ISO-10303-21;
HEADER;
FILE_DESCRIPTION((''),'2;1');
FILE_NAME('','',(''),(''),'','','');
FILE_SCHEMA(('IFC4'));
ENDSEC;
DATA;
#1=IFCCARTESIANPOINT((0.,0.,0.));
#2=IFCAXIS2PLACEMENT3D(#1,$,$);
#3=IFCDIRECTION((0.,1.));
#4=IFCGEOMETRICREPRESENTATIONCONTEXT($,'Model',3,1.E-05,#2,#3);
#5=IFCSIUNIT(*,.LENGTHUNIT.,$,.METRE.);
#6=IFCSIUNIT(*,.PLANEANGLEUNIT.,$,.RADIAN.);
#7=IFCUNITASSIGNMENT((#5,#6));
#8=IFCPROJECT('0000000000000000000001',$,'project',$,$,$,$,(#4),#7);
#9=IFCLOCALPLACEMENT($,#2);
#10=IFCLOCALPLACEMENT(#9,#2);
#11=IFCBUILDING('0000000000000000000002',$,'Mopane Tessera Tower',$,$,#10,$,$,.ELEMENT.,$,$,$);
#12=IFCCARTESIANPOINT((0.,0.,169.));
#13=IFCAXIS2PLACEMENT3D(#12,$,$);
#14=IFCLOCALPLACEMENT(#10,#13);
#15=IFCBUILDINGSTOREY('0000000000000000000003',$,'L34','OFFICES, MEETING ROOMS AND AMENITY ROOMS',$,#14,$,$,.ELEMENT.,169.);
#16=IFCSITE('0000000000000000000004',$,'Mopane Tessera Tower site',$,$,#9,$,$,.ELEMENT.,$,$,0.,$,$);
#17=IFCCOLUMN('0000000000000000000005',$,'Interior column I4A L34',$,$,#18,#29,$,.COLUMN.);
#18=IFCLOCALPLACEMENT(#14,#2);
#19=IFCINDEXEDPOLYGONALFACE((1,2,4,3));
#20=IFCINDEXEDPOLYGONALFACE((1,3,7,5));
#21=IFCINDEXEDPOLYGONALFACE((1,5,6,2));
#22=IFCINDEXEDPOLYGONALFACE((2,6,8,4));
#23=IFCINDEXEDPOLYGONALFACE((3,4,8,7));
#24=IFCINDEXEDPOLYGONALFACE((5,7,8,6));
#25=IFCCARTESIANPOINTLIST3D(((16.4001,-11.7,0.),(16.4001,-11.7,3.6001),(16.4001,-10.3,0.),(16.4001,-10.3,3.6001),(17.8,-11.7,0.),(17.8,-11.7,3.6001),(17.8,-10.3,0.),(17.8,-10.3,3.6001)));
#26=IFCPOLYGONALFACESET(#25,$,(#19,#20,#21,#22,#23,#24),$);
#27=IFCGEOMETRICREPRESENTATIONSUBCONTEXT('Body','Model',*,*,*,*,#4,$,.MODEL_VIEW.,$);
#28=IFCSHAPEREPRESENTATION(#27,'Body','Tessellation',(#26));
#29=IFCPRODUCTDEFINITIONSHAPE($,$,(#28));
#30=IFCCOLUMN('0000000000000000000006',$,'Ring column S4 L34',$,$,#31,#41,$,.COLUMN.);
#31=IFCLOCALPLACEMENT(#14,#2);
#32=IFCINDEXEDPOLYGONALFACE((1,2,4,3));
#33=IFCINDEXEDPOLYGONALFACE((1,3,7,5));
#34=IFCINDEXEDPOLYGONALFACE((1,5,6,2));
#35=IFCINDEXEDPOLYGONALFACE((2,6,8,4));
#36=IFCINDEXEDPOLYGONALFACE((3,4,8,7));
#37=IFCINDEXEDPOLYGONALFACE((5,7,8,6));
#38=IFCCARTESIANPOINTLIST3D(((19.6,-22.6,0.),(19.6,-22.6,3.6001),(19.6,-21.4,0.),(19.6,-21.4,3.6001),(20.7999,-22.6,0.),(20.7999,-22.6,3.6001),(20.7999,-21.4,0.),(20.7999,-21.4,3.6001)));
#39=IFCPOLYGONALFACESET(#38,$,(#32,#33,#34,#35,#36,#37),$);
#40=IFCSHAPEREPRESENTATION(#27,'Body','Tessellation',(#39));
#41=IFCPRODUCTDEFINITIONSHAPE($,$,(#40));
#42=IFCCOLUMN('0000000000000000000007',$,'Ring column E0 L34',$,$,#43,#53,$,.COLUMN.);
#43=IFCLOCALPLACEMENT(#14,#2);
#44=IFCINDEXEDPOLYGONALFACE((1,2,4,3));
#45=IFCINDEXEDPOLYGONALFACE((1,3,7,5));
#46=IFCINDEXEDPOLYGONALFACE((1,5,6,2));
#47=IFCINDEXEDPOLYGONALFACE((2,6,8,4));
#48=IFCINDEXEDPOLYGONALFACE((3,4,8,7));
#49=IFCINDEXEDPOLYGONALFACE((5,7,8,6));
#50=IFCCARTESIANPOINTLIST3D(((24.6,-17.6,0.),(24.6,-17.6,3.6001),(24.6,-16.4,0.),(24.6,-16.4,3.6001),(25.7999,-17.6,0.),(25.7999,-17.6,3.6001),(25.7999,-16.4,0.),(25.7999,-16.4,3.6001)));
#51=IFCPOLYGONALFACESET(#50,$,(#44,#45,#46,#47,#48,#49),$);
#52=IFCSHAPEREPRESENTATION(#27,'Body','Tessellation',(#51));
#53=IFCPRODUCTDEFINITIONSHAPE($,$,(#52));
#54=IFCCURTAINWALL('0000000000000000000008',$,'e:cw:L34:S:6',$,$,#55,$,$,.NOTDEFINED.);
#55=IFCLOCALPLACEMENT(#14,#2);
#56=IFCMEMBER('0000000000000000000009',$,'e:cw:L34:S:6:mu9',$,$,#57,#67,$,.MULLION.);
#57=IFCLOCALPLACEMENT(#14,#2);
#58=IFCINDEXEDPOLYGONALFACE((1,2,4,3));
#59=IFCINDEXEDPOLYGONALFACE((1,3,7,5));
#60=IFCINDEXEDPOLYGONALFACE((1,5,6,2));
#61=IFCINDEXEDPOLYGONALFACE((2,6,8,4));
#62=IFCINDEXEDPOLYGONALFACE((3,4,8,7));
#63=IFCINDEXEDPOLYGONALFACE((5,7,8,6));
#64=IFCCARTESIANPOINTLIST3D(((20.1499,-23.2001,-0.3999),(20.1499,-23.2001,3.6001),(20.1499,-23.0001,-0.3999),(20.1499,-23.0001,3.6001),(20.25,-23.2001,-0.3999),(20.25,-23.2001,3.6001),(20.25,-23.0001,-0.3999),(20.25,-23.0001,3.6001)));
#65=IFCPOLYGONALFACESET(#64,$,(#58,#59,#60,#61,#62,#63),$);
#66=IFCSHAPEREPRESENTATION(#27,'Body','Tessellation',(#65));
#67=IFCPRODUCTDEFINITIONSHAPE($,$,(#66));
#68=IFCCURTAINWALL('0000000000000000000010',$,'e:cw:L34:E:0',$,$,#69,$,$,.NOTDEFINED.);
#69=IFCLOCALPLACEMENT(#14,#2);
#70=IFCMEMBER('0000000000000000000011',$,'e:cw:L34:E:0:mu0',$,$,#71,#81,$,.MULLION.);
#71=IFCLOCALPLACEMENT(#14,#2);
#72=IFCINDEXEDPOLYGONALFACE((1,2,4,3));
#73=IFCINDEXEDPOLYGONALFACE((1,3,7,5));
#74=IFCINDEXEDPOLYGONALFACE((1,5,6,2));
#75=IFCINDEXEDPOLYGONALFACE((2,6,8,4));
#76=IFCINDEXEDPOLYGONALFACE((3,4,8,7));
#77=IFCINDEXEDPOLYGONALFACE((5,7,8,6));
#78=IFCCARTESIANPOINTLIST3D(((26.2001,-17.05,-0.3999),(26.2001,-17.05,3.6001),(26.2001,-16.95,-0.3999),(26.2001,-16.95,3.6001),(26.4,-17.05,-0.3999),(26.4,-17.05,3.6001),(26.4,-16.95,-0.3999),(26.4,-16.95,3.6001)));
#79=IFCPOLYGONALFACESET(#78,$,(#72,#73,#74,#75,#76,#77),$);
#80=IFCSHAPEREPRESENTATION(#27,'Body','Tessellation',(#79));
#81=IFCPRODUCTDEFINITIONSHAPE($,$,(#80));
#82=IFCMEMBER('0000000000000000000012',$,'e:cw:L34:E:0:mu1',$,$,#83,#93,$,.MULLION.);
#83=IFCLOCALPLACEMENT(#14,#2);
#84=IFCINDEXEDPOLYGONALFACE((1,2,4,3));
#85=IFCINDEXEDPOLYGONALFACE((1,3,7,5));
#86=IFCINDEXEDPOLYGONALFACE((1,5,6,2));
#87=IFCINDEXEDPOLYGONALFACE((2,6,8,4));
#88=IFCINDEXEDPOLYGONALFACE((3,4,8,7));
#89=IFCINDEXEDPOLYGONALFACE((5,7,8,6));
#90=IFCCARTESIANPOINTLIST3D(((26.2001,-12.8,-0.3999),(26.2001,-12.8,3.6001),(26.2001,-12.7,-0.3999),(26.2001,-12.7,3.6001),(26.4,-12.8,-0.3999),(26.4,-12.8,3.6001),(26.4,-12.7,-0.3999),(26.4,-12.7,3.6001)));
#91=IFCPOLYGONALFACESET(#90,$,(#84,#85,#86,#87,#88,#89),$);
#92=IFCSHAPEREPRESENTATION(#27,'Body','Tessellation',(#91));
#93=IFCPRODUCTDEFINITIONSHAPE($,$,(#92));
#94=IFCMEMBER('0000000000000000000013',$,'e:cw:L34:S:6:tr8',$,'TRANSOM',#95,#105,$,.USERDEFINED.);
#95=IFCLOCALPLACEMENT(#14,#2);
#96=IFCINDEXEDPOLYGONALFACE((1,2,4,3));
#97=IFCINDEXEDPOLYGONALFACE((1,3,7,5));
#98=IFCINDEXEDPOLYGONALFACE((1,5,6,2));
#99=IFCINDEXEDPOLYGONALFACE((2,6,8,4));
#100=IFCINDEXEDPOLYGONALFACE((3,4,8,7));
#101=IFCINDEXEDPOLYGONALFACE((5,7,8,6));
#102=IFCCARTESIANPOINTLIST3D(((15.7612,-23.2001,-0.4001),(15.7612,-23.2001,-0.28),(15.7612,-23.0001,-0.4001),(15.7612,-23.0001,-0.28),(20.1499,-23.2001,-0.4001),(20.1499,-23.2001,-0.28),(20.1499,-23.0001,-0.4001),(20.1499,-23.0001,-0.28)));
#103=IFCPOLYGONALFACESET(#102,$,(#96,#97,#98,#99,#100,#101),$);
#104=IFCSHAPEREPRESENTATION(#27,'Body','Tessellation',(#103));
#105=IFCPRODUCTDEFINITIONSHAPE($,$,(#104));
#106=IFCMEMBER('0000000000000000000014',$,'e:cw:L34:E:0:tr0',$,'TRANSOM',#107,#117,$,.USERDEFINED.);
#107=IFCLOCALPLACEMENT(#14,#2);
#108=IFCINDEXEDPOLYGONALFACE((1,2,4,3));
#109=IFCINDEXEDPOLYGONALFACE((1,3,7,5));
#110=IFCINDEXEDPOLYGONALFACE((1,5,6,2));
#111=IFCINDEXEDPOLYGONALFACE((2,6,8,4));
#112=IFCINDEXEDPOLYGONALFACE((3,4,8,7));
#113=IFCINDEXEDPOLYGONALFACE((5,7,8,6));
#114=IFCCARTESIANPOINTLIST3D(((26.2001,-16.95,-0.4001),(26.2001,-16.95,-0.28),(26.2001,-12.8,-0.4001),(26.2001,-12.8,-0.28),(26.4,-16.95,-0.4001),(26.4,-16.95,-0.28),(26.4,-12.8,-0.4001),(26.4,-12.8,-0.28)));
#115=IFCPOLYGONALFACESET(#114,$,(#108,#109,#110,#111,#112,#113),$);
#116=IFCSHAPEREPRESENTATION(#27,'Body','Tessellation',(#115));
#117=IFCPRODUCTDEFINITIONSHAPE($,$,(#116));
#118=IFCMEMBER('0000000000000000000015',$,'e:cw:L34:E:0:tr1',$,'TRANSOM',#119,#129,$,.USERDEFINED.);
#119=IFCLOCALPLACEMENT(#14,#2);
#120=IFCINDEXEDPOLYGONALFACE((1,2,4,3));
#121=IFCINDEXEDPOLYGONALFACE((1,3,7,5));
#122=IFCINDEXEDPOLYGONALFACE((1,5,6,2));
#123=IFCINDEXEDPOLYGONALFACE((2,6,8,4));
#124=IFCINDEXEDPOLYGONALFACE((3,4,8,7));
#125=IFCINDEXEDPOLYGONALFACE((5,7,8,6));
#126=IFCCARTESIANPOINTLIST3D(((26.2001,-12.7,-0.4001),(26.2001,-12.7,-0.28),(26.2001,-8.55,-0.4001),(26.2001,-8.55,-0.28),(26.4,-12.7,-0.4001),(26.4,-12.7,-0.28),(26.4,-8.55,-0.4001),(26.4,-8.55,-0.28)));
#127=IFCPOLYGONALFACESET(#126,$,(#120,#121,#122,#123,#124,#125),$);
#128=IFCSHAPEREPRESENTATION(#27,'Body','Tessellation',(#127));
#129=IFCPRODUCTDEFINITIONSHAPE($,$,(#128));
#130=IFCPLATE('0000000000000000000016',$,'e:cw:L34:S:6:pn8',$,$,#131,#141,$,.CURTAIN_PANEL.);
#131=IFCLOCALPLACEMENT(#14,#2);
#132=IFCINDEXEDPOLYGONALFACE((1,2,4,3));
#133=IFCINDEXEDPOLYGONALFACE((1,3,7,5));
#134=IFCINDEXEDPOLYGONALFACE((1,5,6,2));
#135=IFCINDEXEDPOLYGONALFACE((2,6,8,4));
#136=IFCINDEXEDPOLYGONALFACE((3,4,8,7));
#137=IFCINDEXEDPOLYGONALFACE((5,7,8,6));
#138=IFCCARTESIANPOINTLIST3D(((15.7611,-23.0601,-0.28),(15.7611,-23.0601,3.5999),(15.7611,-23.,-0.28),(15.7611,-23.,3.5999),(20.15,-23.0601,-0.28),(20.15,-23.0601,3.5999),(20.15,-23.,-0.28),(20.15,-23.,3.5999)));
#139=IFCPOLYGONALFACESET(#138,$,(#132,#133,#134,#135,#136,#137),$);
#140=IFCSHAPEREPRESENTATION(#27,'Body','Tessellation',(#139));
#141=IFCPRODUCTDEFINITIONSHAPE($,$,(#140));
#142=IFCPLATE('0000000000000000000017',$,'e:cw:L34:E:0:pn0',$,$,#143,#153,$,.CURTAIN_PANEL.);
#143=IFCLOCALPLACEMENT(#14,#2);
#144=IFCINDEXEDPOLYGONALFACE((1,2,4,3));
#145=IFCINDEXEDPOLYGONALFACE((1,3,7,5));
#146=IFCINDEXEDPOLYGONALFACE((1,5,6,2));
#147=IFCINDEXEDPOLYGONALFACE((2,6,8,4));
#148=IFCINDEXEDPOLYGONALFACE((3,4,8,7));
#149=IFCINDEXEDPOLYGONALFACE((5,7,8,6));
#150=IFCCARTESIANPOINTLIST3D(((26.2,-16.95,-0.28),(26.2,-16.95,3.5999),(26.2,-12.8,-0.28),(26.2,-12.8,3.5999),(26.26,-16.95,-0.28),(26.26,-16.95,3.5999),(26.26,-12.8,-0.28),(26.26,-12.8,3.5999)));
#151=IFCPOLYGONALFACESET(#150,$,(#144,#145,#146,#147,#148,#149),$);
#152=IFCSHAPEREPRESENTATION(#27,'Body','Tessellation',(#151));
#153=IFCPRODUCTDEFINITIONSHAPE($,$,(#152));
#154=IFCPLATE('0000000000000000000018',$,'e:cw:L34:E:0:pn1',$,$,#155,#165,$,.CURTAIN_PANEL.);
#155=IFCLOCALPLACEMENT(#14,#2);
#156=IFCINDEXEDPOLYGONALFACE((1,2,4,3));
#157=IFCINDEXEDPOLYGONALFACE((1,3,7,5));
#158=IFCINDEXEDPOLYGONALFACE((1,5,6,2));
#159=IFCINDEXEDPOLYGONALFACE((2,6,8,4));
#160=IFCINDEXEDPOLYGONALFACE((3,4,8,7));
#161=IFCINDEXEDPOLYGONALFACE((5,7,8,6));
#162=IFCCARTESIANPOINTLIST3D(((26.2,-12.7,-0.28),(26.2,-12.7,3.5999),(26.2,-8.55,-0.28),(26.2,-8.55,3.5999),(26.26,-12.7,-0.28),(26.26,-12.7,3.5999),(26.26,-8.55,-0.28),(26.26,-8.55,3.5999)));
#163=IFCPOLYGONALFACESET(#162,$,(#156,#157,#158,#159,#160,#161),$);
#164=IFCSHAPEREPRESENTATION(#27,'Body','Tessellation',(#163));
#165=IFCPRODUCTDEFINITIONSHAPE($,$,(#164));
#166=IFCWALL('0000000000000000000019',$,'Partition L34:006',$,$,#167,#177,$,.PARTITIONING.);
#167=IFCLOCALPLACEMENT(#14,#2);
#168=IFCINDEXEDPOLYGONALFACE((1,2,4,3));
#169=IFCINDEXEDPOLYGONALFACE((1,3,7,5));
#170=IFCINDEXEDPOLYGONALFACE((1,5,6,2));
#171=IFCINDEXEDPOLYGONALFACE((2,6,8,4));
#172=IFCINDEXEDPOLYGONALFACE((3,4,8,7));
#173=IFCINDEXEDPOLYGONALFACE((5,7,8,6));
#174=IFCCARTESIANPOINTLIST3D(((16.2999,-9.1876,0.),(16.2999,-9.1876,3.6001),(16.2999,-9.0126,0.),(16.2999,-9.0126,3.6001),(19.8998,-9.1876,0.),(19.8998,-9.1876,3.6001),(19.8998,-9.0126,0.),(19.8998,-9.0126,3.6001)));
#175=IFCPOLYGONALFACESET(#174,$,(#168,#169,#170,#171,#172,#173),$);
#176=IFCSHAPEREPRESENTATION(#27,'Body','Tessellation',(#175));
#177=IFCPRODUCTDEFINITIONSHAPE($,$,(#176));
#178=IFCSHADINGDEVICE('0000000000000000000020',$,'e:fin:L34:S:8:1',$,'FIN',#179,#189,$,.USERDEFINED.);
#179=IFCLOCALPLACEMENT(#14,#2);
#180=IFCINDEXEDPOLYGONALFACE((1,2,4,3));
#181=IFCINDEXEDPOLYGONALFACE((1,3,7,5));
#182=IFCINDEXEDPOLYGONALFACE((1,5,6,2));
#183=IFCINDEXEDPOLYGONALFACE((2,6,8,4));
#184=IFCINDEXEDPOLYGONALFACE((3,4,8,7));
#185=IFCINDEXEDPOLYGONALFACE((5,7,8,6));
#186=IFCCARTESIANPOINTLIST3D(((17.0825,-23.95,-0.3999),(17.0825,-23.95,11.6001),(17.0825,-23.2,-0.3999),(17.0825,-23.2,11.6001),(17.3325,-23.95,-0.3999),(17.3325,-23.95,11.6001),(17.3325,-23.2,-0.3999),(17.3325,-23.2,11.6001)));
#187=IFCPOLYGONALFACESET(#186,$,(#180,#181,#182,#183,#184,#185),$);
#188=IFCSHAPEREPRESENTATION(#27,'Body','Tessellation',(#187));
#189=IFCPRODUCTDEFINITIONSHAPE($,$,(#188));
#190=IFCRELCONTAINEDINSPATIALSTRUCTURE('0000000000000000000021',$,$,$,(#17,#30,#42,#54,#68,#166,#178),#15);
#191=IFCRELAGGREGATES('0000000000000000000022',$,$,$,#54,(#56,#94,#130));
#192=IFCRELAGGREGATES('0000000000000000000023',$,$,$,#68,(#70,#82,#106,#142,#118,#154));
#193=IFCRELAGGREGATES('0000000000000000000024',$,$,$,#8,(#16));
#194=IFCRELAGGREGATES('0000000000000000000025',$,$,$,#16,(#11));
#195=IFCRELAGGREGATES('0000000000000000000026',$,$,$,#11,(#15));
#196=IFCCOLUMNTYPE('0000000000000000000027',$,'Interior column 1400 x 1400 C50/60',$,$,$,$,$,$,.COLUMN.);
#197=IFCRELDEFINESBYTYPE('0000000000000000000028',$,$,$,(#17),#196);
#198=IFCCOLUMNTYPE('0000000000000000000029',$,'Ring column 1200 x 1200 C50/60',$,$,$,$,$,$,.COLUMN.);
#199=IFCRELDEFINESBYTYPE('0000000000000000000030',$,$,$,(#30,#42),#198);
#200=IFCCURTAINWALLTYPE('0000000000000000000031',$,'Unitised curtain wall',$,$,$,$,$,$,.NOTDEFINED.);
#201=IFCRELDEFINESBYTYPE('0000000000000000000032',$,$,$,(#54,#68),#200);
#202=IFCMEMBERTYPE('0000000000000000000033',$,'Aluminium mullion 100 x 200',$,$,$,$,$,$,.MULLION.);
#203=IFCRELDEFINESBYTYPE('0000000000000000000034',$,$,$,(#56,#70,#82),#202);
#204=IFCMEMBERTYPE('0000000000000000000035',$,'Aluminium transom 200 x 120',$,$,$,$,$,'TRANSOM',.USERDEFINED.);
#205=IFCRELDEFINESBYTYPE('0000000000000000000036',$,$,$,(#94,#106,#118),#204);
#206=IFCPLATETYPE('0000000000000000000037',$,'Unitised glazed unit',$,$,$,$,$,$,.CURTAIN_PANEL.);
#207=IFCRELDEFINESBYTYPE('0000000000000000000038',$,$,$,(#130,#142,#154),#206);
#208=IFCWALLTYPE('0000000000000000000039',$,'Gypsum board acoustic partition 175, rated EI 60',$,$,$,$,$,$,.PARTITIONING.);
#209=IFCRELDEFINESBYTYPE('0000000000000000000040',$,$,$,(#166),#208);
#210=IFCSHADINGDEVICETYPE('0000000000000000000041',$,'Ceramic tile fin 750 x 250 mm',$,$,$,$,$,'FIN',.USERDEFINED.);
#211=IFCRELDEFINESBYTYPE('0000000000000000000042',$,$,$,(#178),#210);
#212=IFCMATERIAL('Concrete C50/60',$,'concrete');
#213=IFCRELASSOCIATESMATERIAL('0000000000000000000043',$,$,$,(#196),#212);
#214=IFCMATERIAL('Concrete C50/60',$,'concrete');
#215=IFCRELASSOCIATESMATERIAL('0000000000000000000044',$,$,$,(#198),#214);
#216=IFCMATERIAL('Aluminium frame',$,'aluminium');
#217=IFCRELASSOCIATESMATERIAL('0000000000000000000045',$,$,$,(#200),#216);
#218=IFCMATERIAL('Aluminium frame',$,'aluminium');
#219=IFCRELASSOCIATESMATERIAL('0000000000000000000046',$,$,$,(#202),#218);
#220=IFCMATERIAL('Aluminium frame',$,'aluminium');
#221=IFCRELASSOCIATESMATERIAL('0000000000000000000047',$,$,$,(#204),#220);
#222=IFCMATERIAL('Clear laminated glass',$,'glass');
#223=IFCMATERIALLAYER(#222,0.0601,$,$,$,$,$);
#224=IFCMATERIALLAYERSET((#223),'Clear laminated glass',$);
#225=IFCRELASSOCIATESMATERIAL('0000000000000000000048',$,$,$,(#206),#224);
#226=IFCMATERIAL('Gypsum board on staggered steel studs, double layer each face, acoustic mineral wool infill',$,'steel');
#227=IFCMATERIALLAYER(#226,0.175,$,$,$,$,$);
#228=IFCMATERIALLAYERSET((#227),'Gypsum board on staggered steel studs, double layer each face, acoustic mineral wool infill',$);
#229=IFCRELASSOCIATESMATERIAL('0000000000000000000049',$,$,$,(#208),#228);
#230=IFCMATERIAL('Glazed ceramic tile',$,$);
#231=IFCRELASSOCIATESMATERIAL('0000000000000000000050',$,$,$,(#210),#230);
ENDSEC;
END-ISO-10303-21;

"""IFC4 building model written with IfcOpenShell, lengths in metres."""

from ifc_helpers import new_model, si_unit, direction, frame, frame_2d, origin, origin_2d, place, context, subcontext, project, spatial, rectangle, extrude, material, layer, layer_set, material_profile, profile_set, type_object, element, aggregate, save


model = new_model("IFC4")

# Units and contexts
model_context = context("Model", 3, precision=1e-05, world=origin(), true_north=direction((0.0, 1.0)))
body_context = subcontext(model_context, "Body", "Model", "MODEL_VIEW")
ifc_project = project(units=[si_unit("LENGTHUNIT", "METRE"), si_unit("PLANEANGLEUNIT", "RADIAN")], contexts=[model_context])

# Site, building, storey
site_placement = place(None, origin())
site = spatial("IfcSite", under=ifc_project, at=site_placement, Name="Mopane Tessera Tower site", CompositionType="ELEMENT", RefElevation=0.0)
building_placement = place(site_placement, origin())
building = spatial("IfcBuilding", under=site, at=building_placement, Name="Mopane Tessera Tower", CompositionType="ELEMENT")
storey_placement = place(building_placement, frame((0.0, 0.0, 169.0)))
storey = spatial("IfcBuildingStorey", under=building, at=storey_placement, Name="L34", Description="OFFICES, MEETING ROOMS AND AMENITY ROOMS", CompositionType="ELEMENT", Elevation=169.0)

# Columns
ifc_material_1 = material(Name="Concrete C50/60", Category="concrete")
ifc_material_profile_1 = material_profile(ifc_material_1, rectangle(XDim=1.3999, YDim=1.3999, at=origin_2d()))
ifc_profile_set_1 = profile_set([ifc_material_profile_1], Name="Concrete C50/60")
column_type_1 = type_object("IfcColumnType", Name="Interior column 1400 x 1400 C50/60", PredefinedType="COLUMN", material=ifc_profile_set_1)
column_placement = place(storey_placement, frame((17.1001, -11.0, 0.0), z_axis=(0.0, 0.0, 1.0), x_axis=(1.0, 0.0, 0.0)))
element("IfcColumn", 1, at=column_placement, inside=storey, type_object=column_type_1, Name="Interior column I4A L34", PredefinedType="COLUMN", context=body_context, shape_type="SweptSolid", body=[
    extrude(rectangle(XDim=1.3999, YDim=1.3999, at=origin_2d()), origin(), (0.0, 0.0, 1.0), 3.6001),
])
ifc_material_2 = material(Name="Concrete C50/60", Category="concrete")
ifc_material_profile_2 = material_profile(ifc_material_2, rectangle(XDim=1.2, YDim=1.2, at=origin_2d()))
ifc_profile_set_2 = profile_set([ifc_material_profile_2], Name="Concrete C50/60")
column_type_2 = type_object("IfcColumnType", Name="Ring column 1200 x 1200 C50/60", PredefinedType="COLUMN", material=ifc_profile_set_2)
for number, where, z_axis, x_axis, name in (
    (2, (20.2, -22.0, 0.0), (0.0, 0.0, 1.0), (1.0, 0.0, 0.0), "Ring column S4 L34"),
    (3, (25.2, -17.0, 0.0), (0.0, 0.0, 1.0), (1.0, 0.0, 0.0), "Ring column E0 L34"),
):
    element("IfcColumn", number, at=place(storey_placement, frame(where, z_axis=z_axis, x_axis=x_axis)), inside=storey, type_object=column_type_2, Name=name, PredefinedType="COLUMN", context=body_context, shape_type="SweptSolid", body=[
        extrude(rectangle(XDim=1.2, YDim=1.2, at=origin_2d()), origin(), (0.0, 0.0, 1.0), 3.6001),
    ])

# Curtain wall, member
ifc_material_3 = material(Name="Aluminium frame", Category="aluminium")
curtain_wall_type = type_object("IfcCurtainWallType", Name="Unitised curtain wall", PredefinedType="NOTDEFINED", material=ifc_material_3)
curtain_wall_1_placement = place(storey_placement, origin())
curtain_wall_1 = element("IfcCurtainWall", 4, at=curtain_wall_1_placement, inside=storey, type_object=curtain_wall_type, Name="e:cw:L34:S:6", PredefinedType="NOTDEFINED")
ifc_material_4 = material(Name="Aluminium frame", Category="aluminium")
ifc_material_profile_3 = material_profile(ifc_material_4, rectangle(XDim=0.1001, YDim=0.2, at=origin_2d()))
ifc_profile_set_3 = profile_set([ifc_material_profile_3], Name="Aluminium frame")
member_type_1 = type_object("IfcMemberType", Name="Aluminium mullion 100 x 200", PredefinedType="MULLION", material=ifc_profile_set_3)
member_1_placement = place(storey_placement, frame((20.2, -23.1001, -0.3999), z_axis=(0.0, 0.0, 1.0), x_axis=(1.0, 0.0, 0.0)))
member_1 = element("IfcMember", 5, at=member_1_placement, type_object=member_type_1, Name="e:cw:L34:S:6:mu9", PredefinedType="MULLION", context=body_context, shape_type="SweptSolid", body=[
    extrude(rectangle(XDim=0.1001, YDim=0.2, at=origin_2d()), origin(), (0.0, 0.0, 1.0), 4.0),
])

# Curtain wall, members
curtain_wall_2_placement = place(storey_placement, origin())
curtain_wall_2 = element("IfcCurtainWall", 6, at=curtain_wall_2_placement, inside=storey, type_object=curtain_wall_type, Name="e:cw:L34:E:0", PredefinedType="NOTDEFINED")
member_2_placement = place(storey_placement, frame((26.3, -17.0, -0.3999), z_axis=(0.0, 0.0, 1.0), x_axis=(0.0, 1.0, 0.0)))
member_2 = element("IfcMember", 7, at=member_2_placement, type_object=member_type_1, Name="e:cw:L34:E:0:mu0", PredefinedType="MULLION", context=body_context, shape_type="SweptSolid", body=[
    extrude(rectangle(XDim=0.1001, YDim=0.2, at=origin_2d()), origin(), (0.0, 0.0, 1.0), 4.0),
])
member_3_placement = place(storey_placement, frame((26.3, -12.75, -0.3999), z_axis=(0.0, 0.0, 1.0), x_axis=(0.0, 1.0, 0.0)))
member_3 = element("IfcMember", 8, at=member_3_placement, type_object=member_type_1, Name="e:cw:L34:E:0:mu1", PredefinedType="MULLION", context=body_context, shape_type="SweptSolid", body=[
    extrude(rectangle(XDim=0.1001, YDim=0.2, at=origin_2d()), origin(), (0.0, 0.0, 1.0), 4.0),
])

# Members
ifc_material_5 = material(Name="Aluminium frame", Category="aluminium")
ifc_material_profile_4 = material_profile(ifc_material_5, rectangle(XDim=0.2, YDim=0.1201, at=origin_2d()))
ifc_profile_set_4 = profile_set([ifc_material_profile_4], Name="Aluminium frame")
member_type_2 = type_object("IfcMemberType", Name="Aluminium transom 200 x 120", ElementType="TRANSOM", PredefinedType="USERDEFINED", material=ifc_profile_set_4)
member_4_placement = place(storey_placement, frame((15.7612, -23.1001, -0.3401), z_axis=(1.0, 0.0, 0.0), x_axis=(0.0, 1.0, 0.0)))
member_4 = element("IfcMember", 9, at=member_4_placement, type_object=member_type_2, Name="e:cw:L34:S:6:tr8", ObjectType="TRANSOM", PredefinedType="USERDEFINED", context=body_context, shape_type="SweptSolid", body=[
    extrude(rectangle(XDim=0.2, YDim=0.1201, at=origin_2d()), origin(), (0.0, 0.0, 1.0), 4.3887),
])
member_5_placement = place(storey_placement, frame((26.3, -16.95, -0.3401), z_axis=(0.0, 1.0, 0.0), x_axis=(-1.0, 0.0, 0.0)))
member_5 = element("IfcMember", 10, at=member_5_placement, type_object=member_type_2, Name="e:cw:L34:E:0:tr0", ObjectType="TRANSOM", PredefinedType="USERDEFINED", context=body_context, shape_type="SweptSolid", body=[
    extrude(rectangle(XDim=0.2, YDim=0.1201, at=origin_2d()), origin(), (0.0, 0.0, 1.0), 4.1499),
])
member_6_placement = place(storey_placement, frame((26.3, -12.7, -0.3401), z_axis=(0.0, 1.0, 0.0), x_axis=(-1.0, 0.0, 0.0)))
member_6 = element("IfcMember", 11, at=member_6_placement, type_object=member_type_2, Name="e:cw:L34:E:0:tr1", ObjectType="TRANSOM", PredefinedType="USERDEFINED", context=body_context, shape_type="SweptSolid", body=[
    extrude(rectangle(XDim=0.2, YDim=0.1201, at=origin_2d()), origin(), (0.0, 0.0, 1.0), 4.1499),
])

# Plates
ifc_material_6 = material(Name="Clear laminated glass", Category="glass")
ifc_layer_1 = layer(ifc_material_6, 0.0601)
ifc_layer_set_1 = layer_set([ifc_layer_1], Name="Clear laminated glass")
plate_type = type_object("IfcPlateType", Name="Unitised glazed unit", PredefinedType="CURTAIN_PANEL", material=ifc_layer_set_1)
plate_1_placement = place(storey_placement, frame((17.9556, -23.03, -0.28), z_axis=(0.0, 0.0, 1.0), x_axis=(1.0, 0.0, 0.0)))
plate_1 = element("IfcPlate", 12, at=plate_1_placement, type_object=plate_type, Name="e:cw:L34:S:6:pn8", PredefinedType="CURTAIN_PANEL", context=body_context, shape_type="SweptSolid", body=[
    extrude(rectangle(XDim=4.3889, YDim=0.0601, at=origin_2d()), origin(), (0.0, 0.0, 1.0), 3.8799),
])
aggregate(curtain_wall_1, [member_1, member_4, plate_1])
plate_2_placement = place(storey_placement, frame((26.23, -14.875, -0.28), z_axis=(0.0, 0.0, 1.0), x_axis=(0.0, 1.0, 0.0)))
plate_2 = element("IfcPlate", 13, at=plate_2_placement, type_object=plate_type, Name="e:cw:L34:E:0:pn0", PredefinedType="CURTAIN_PANEL", context=body_context, shape_type="SweptSolid", body=[
    extrude(rectangle(XDim=4.1499, YDim=0.0601, at=origin_2d()), origin(), (0.0, 0.0, 1.0), 3.8799),
])
plate_3_placement = place(storey_placement, frame((26.23, -10.625, -0.28), z_axis=(0.0, 0.0, 1.0), x_axis=(0.0, 1.0, 0.0)))
plate_3 = element("IfcPlate", 14, at=plate_3_placement, type_object=plate_type, Name="e:cw:L34:E:0:pn1", PredefinedType="CURTAIN_PANEL", context=body_context, shape_type="SweptSolid", body=[
    extrude(rectangle(XDim=4.1499, YDim=0.0601, at=origin_2d()), origin(), (0.0, 0.0, 1.0), 3.8799),
])
aggregate(curtain_wall_2, [member_2, member_3, member_5, plate_2, member_6, plate_3])

# Wall
ifc_material_7 = material(Name="Gypsum board on staggered steel studs, double layer each face, acoustic mineral wool infill", Category="steel")
ifc_layer_2 = layer(ifc_material_7, 0.175)
ifc_layer_set_2 = layer_set([ifc_layer_2], Name="Gypsum board on staggered steel studs, double layer each face, acoustic mineral wool infill")
wall_type = type_object("IfcWallType", Name="Gypsum board acoustic partition 175, rated EI 60", PredefinedType="PARTITIONING", material=ifc_layer_set_2)
wall_placement = place(storey_placement, frame((16.3, -9.1001, 0.0), z_axis=(0.0, 0.0, 1.0), x_axis=(1.0, 0.0, 0.0)))
element("IfcWall", 15, at=wall_placement, inside=storey, type_object=wall_type, Name="Partition L34:006", PredefinedType="PARTITIONING", context=body_context, shape_type="SweptSolid", body=[
    extrude(rectangle(XDim=3.5999, YDim=0.175, at=frame_2d((1.7998, 0.0))), origin(), (0.0, 0.0, 1.0), 3.6001),
])

# Shading device
ifc_material_8 = material(Name="Glazed ceramic tile")
shading_device_type = type_object("IfcShadingDeviceType", Name="Ceramic tile fin 750 x 250 mm", ElementType="FIN", PredefinedType="USERDEFINED", material=ifc_material_8)
for number, where, z_axis, x_axis, name in (
    (16, (17.2075, -23.575, -0.3999), (0.0, 0.0, 1.0), (1.0, 0.0, 0.0), "e:fin:L34:S:8:1"),
):
    element("IfcShadingDevice", number, at=place(storey_placement, frame(where, z_axis=z_axis, x_axis=x_axis)), inside=storey, type_object=shading_device_type, Name=name, ObjectType="FIN", PredefinedType="USERDEFINED", context=body_context, shape_type="SweptSolid", body=[
        extrude(rectangle(XDim=0.25, YDim=0.75, at=origin_2d()), origin(), (0.0, 0.0, 1.0), 12.0),
    ])

save(model, "model.ifc")
